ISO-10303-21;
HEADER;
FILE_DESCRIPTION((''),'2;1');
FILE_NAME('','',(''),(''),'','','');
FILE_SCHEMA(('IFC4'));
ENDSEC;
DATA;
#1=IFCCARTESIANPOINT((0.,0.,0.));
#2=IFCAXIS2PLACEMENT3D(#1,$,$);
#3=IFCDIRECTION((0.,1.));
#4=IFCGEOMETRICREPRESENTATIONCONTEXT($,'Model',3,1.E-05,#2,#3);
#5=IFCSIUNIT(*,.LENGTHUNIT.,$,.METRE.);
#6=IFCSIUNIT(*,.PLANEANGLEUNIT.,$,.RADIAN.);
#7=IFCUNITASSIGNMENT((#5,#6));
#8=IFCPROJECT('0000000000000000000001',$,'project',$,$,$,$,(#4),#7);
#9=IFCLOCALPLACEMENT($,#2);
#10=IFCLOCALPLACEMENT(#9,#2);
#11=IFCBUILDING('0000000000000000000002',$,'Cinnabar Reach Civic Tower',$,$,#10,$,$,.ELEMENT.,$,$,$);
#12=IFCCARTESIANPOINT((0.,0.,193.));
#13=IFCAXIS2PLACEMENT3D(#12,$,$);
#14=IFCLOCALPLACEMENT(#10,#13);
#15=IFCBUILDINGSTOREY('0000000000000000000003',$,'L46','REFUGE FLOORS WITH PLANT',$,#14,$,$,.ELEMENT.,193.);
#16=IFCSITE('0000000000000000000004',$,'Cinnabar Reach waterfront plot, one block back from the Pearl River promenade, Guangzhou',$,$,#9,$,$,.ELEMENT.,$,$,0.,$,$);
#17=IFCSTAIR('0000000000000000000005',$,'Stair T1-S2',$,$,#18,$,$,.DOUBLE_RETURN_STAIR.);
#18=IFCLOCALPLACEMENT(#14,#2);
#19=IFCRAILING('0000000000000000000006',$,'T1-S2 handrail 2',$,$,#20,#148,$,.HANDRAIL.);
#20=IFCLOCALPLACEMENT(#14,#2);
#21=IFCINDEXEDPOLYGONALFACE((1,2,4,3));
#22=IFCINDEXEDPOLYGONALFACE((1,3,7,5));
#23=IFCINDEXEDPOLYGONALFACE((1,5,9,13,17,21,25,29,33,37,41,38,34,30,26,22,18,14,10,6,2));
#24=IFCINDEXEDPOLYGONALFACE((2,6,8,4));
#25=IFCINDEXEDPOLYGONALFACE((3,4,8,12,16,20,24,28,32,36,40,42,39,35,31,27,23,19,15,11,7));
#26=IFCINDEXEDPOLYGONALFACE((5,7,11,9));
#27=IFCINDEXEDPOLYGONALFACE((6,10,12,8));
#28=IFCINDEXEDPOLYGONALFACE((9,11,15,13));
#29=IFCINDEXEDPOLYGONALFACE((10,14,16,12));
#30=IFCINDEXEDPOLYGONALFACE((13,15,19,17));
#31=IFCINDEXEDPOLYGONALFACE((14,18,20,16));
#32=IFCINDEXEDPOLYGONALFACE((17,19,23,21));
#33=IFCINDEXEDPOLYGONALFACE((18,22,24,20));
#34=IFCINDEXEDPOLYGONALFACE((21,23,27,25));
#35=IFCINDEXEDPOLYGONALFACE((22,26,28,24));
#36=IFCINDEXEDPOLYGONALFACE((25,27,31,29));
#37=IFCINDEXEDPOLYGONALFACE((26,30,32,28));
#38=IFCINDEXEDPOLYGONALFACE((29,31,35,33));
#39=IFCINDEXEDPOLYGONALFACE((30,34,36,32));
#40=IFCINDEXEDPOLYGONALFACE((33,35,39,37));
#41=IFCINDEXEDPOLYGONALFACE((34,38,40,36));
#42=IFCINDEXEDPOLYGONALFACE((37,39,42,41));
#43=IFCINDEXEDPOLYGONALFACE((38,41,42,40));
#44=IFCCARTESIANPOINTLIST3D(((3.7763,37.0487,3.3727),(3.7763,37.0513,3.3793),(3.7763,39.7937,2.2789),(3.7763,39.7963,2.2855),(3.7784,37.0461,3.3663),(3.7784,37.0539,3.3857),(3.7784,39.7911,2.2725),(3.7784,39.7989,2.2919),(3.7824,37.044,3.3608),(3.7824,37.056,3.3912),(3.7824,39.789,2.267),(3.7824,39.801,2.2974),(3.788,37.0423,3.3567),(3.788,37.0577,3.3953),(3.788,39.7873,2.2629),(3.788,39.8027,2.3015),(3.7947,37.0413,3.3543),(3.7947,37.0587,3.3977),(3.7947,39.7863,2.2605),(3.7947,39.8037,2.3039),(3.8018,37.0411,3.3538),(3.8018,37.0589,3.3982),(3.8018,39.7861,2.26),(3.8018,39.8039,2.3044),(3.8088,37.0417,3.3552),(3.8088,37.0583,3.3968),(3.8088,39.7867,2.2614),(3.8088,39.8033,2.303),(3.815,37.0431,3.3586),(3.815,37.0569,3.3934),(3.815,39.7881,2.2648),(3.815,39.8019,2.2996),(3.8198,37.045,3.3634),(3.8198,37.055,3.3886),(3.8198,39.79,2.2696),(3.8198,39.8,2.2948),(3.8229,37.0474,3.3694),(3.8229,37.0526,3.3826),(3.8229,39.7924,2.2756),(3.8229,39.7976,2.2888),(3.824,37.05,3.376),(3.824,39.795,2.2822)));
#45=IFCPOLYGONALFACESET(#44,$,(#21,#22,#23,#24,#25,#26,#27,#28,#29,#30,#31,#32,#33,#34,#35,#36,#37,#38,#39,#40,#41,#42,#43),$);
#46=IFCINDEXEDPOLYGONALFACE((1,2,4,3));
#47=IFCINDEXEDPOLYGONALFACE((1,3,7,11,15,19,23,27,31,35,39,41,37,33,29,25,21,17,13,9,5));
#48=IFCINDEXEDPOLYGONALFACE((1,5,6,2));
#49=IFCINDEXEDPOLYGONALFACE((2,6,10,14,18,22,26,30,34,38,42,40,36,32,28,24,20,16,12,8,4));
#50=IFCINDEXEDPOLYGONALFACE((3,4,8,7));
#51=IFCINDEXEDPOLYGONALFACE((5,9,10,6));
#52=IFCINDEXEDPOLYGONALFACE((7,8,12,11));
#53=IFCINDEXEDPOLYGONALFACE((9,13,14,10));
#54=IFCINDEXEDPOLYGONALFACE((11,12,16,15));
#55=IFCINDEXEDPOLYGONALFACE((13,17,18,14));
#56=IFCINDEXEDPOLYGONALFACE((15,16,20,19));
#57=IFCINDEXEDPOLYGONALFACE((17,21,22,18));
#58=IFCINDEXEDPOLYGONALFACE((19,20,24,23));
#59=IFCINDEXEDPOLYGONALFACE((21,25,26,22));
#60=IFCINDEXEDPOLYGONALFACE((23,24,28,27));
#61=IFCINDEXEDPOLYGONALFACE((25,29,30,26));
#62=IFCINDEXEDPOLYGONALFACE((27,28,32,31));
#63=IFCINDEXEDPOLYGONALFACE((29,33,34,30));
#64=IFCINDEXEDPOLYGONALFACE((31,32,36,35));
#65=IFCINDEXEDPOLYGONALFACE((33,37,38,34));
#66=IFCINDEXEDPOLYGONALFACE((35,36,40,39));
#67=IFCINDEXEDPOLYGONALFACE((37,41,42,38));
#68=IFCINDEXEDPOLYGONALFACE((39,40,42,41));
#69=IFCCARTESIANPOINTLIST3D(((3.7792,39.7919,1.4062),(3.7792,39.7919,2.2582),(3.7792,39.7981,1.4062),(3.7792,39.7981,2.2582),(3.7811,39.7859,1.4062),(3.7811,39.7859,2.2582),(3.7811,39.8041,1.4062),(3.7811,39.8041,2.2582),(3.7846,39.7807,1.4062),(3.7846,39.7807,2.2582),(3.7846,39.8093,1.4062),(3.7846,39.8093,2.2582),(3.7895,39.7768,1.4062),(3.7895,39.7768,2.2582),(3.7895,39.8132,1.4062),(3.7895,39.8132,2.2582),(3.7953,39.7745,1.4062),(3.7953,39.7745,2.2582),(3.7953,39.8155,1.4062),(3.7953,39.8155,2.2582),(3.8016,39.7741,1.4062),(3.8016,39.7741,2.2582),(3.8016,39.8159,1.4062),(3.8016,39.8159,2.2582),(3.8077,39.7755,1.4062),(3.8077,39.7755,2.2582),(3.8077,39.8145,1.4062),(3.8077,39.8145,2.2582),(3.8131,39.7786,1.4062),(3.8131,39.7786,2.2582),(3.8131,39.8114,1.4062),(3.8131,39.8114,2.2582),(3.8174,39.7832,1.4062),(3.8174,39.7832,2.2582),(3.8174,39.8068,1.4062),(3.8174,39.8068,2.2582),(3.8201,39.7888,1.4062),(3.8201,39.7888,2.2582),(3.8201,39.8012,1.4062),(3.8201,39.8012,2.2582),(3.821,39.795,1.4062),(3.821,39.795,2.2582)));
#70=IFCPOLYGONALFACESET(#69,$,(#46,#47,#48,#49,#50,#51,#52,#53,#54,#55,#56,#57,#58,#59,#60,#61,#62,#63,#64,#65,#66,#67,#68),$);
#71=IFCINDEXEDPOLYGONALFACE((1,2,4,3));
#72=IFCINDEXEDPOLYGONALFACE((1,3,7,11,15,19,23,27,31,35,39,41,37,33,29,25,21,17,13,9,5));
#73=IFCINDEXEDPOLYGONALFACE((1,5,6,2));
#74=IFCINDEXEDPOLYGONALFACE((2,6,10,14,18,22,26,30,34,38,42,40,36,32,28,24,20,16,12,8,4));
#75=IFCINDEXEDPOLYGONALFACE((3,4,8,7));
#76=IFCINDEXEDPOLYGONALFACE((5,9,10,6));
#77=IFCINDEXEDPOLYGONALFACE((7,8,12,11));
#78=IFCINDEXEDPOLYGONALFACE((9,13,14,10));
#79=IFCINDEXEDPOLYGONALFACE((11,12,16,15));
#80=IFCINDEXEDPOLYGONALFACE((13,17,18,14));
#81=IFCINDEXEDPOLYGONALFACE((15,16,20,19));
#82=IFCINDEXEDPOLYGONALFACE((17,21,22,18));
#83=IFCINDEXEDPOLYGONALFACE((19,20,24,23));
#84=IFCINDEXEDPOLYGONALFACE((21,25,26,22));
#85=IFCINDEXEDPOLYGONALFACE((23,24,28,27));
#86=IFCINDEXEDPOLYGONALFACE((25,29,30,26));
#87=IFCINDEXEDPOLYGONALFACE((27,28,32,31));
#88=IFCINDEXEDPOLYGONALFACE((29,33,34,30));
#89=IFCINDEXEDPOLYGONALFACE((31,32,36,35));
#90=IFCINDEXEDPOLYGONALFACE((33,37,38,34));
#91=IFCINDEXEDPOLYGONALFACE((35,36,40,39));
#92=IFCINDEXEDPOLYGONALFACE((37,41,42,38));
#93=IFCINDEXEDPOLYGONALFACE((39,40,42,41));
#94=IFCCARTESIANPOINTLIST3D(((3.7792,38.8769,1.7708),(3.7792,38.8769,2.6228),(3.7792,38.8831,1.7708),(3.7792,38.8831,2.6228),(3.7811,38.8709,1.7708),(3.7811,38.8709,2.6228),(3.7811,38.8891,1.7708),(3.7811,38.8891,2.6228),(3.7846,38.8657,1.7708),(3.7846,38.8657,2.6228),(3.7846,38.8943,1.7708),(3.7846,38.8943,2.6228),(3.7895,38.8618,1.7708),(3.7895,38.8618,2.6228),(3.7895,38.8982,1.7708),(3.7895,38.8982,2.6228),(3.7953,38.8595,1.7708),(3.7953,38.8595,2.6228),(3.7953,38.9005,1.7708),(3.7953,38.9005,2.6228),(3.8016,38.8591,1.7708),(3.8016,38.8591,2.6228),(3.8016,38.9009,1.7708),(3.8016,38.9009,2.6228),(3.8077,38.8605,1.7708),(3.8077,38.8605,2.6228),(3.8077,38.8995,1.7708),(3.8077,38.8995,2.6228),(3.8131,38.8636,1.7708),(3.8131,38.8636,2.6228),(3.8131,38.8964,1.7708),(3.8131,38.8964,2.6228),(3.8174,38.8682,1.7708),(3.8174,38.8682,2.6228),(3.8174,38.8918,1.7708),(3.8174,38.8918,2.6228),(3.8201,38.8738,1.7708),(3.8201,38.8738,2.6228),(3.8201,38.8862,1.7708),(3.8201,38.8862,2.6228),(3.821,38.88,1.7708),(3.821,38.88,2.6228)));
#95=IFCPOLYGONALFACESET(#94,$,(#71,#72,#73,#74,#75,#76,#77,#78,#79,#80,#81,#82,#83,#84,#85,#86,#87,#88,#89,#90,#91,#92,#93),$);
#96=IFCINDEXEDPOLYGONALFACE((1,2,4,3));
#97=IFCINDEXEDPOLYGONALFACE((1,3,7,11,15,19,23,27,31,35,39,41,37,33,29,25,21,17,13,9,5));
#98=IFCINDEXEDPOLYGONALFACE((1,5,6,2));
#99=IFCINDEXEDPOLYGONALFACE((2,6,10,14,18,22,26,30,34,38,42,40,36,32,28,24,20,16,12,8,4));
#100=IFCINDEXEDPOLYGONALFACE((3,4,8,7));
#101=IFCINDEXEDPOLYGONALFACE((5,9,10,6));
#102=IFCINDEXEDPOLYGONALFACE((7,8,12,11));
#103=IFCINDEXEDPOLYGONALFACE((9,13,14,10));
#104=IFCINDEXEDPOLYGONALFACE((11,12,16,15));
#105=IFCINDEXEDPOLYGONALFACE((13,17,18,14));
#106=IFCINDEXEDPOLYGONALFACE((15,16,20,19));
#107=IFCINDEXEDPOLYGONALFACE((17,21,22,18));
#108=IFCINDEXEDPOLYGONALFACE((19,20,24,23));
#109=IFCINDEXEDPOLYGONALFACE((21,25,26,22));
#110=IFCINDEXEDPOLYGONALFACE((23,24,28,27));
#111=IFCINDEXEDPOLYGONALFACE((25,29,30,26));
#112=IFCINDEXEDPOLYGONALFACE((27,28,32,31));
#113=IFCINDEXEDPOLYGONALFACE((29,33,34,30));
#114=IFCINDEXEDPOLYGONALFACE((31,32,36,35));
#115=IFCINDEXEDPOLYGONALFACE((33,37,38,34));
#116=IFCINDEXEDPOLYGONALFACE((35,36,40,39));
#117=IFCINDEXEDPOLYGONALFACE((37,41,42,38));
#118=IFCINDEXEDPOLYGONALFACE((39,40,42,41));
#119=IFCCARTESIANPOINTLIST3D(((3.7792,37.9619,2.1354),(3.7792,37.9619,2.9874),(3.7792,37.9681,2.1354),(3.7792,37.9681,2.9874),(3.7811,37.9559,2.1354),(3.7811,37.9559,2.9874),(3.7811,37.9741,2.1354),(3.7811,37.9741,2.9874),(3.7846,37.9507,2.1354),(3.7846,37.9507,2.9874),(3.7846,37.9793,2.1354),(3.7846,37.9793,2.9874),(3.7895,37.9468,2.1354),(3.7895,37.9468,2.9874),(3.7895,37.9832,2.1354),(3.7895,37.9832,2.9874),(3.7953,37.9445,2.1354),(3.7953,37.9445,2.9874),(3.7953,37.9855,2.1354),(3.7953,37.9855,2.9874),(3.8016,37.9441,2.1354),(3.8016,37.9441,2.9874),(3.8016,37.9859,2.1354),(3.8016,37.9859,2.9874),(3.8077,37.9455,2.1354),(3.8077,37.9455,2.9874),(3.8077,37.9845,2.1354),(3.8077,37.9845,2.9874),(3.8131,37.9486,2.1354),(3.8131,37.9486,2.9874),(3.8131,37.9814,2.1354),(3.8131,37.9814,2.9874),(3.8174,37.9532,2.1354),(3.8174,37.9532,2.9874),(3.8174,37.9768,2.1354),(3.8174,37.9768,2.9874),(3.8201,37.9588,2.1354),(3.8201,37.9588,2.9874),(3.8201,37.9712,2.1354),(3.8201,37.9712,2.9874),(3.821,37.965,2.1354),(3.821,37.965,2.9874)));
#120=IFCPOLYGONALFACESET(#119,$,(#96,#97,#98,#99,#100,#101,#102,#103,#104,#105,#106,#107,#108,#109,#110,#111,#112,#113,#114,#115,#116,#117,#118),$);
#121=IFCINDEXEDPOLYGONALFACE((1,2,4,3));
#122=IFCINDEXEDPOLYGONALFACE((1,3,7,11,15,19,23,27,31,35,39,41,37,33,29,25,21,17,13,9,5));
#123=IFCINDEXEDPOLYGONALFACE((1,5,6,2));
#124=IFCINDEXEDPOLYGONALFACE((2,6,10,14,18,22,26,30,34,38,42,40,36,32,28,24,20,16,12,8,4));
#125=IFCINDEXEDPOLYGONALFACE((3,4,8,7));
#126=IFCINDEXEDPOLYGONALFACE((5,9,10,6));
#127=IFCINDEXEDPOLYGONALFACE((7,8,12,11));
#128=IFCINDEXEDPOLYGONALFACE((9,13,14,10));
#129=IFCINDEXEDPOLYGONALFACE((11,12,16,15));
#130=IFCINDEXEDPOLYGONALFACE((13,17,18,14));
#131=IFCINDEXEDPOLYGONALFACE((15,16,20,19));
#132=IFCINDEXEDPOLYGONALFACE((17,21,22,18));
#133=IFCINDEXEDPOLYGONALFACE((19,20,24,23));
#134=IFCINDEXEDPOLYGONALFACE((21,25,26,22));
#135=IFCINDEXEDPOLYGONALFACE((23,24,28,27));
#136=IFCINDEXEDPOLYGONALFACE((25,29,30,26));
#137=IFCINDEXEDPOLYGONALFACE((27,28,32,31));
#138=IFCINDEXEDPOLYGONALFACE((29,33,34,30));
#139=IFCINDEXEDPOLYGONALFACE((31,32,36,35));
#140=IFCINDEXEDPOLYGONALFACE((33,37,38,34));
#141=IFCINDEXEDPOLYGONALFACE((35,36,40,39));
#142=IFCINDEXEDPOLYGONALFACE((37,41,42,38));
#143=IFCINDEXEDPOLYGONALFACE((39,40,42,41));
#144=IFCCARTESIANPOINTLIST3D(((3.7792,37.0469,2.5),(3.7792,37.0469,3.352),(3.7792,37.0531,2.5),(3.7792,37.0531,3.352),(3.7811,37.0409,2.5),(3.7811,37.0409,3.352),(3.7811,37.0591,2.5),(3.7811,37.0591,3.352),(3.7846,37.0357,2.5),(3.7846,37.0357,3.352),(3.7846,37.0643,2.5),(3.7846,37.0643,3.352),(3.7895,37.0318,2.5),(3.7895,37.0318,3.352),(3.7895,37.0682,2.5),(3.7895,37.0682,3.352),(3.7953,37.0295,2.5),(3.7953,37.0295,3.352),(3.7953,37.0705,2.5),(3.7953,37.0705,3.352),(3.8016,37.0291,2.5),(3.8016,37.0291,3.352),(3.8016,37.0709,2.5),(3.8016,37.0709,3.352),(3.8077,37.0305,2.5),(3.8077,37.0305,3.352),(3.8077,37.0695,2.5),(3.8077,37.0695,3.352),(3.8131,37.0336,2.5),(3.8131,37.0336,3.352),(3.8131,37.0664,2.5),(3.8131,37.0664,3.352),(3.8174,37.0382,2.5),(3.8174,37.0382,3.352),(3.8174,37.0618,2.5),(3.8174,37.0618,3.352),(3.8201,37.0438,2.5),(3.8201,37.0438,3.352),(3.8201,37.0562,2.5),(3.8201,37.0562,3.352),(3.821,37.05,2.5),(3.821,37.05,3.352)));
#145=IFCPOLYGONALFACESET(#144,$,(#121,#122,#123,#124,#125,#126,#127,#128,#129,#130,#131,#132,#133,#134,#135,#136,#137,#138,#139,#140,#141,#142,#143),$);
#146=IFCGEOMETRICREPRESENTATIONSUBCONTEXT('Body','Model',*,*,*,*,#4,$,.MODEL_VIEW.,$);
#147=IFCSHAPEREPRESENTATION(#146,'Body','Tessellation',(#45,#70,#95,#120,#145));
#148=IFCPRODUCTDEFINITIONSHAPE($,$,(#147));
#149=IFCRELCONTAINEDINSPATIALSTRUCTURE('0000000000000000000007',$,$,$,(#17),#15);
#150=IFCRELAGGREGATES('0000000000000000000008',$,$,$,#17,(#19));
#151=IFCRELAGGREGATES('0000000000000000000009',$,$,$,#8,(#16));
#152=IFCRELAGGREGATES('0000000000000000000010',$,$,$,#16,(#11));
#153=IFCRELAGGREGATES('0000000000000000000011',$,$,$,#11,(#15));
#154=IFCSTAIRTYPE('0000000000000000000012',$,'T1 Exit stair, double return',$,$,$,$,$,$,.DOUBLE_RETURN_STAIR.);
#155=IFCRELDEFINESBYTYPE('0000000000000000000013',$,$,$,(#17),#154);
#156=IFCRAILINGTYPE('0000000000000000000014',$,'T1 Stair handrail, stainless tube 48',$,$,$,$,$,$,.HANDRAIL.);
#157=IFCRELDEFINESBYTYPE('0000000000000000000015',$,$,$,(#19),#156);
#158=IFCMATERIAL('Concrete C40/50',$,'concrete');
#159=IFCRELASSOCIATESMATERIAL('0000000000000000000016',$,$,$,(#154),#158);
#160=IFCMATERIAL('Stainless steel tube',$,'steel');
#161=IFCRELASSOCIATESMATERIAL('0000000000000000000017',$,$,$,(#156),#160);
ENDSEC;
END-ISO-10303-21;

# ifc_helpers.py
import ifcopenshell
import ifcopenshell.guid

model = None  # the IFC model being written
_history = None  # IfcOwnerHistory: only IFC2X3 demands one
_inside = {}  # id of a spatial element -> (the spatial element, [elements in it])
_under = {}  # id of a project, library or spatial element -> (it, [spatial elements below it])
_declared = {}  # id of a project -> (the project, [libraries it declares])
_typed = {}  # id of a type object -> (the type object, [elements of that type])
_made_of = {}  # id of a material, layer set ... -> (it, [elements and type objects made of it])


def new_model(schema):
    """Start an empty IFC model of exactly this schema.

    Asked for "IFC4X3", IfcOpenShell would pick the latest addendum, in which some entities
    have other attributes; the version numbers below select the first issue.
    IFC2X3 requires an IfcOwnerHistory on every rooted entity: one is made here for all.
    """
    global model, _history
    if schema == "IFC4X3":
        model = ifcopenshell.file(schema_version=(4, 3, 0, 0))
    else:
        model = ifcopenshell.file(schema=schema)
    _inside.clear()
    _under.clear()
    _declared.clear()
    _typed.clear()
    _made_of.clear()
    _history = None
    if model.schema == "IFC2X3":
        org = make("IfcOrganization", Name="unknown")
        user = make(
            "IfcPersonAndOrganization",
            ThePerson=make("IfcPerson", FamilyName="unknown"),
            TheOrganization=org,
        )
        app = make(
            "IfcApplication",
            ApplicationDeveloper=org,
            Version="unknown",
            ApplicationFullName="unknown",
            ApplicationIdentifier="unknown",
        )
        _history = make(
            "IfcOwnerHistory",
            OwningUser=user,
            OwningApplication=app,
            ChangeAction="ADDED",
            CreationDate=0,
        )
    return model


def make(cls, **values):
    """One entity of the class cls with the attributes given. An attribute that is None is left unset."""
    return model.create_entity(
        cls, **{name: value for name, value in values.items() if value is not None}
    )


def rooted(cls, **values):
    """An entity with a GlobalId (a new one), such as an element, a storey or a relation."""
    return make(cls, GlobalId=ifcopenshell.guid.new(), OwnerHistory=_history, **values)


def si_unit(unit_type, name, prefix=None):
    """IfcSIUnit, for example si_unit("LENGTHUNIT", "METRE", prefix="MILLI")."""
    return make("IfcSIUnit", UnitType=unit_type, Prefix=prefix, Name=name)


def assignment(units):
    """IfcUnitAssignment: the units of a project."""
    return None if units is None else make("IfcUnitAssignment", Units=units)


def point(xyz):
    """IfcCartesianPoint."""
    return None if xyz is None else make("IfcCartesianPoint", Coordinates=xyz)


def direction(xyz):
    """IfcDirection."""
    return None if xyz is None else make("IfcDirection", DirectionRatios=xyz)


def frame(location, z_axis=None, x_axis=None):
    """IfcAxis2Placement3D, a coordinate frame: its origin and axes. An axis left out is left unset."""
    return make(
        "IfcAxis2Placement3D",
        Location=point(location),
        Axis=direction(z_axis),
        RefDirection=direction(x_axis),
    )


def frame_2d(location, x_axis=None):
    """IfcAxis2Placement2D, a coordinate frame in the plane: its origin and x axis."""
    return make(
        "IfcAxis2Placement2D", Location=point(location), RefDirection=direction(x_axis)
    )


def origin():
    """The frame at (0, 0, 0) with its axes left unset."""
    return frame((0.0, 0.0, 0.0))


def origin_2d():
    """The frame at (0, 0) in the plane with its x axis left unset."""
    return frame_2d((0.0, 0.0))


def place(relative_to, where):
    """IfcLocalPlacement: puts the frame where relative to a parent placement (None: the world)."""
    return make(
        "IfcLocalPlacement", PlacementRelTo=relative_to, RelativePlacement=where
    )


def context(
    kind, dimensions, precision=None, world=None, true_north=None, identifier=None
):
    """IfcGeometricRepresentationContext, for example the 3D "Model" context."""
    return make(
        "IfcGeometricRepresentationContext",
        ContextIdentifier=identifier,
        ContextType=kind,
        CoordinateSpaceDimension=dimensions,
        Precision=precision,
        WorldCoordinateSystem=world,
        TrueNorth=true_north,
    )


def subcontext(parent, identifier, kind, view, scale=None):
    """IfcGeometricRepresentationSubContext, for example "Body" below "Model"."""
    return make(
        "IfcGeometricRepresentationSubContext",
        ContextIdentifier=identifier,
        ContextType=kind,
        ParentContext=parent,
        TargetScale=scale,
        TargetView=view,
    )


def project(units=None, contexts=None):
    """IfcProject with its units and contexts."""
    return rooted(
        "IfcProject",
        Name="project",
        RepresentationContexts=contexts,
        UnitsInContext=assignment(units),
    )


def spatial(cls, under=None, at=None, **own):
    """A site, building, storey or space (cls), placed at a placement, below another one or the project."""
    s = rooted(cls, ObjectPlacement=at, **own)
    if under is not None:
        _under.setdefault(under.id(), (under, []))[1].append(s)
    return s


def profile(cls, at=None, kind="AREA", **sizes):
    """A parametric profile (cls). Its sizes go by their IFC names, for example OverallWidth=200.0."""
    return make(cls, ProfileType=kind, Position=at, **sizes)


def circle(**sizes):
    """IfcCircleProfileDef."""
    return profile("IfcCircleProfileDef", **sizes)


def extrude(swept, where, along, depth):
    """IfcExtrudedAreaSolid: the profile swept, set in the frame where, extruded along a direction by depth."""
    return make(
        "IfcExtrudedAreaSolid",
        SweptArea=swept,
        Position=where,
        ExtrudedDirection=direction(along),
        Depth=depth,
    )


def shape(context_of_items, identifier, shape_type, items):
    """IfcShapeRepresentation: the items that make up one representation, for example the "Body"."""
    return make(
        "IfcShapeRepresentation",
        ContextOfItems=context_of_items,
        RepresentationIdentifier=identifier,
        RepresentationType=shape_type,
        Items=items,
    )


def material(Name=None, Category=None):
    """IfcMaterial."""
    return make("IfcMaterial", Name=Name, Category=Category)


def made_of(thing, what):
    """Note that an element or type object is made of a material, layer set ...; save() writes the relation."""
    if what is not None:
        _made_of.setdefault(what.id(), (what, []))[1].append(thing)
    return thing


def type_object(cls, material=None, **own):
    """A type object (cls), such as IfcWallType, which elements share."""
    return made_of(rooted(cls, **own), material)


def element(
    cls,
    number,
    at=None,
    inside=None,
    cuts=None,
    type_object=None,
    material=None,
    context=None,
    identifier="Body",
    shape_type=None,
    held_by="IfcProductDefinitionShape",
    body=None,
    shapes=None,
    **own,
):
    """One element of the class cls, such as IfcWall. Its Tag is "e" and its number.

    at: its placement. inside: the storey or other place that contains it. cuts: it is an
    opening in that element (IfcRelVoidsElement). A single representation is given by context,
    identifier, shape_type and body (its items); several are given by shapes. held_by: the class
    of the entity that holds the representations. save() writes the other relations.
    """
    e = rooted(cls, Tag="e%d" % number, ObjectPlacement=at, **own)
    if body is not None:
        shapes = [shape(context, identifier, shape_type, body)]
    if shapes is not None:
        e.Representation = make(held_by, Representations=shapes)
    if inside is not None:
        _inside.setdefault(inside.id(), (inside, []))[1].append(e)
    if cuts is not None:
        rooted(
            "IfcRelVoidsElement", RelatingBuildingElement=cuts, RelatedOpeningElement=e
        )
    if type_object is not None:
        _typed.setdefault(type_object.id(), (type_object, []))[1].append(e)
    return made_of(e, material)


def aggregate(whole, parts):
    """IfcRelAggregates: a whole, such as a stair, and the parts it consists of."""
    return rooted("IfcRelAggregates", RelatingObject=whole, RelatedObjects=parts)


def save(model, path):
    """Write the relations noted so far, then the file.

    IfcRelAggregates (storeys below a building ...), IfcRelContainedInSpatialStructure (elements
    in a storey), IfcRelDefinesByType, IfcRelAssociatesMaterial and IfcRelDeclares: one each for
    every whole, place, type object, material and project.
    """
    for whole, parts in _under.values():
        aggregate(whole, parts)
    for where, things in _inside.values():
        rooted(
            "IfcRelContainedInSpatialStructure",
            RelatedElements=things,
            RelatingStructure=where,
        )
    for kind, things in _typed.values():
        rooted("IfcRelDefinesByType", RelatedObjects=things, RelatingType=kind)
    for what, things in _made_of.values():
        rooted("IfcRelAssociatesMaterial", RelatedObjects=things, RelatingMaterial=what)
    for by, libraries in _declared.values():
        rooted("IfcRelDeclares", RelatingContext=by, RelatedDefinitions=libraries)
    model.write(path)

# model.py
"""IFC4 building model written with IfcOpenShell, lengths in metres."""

from ifc_helpers import new_model, si_unit, direction, frame, origin, origin_2d, place, context, subcontext, project, spatial, circle, extrude, material, type_object, element, aggregate, save


model = new_model("IFC4")

# Units and contexts
model_context = context("Model", 3, precision=1e-05, world=origin(), true_north=direction((0.0, 1.0)))
body_context = subcontext(model_context, "Body", "Model", "MODEL_VIEW")
ifc_project = project(units=[si_unit("LENGTHUNIT", "METRE"), si_unit("PLANEANGLEUNIT", "RADIAN")], contexts=[model_context])

# Site, building, storey
site_placement = place(None, origin())
site = spatial("IfcSite", under=ifc_project, at=site_placement, Name="Cinnabar Reach waterfront plot, one block back from the Pearl River promenade, Guangzhou", CompositionType="ELEMENT", RefElevation=0.0)
building_placement = place(site_placement, origin())
building = spatial("IfcBuilding", under=site, at=building_placement, Name="Cinnabar Reach Civic Tower", CompositionType="ELEMENT")
storey_placement = place(building_placement, frame((0.0, 0.0, 193.0)))
storey = spatial("IfcBuildingStorey", under=building, at=storey_placement, Name="L46", Description="REFUGE FLOORS WITH PLANT", CompositionType="ELEMENT", Elevation=193.0)

# Shared definitions
ifc_material_1 = material(Name="Concrete C40/50", Category="concrete")

# Stair, railing
stair_type = type_object("IfcStairType", Name="T1 Exit stair, double return", PredefinedType="DOUBLE_RETURN_STAIR", material=ifc_material_1)
stair_placement = place(storey_placement, origin())
stair = element("IfcStair", 1, at=stair_placement, inside=storey, type_object=stair_type, Name="Stair T1-S2", PredefinedType="DOUBLE_RETURN_STAIR")
ifc_material_2 = material(Name="Stainless steel tube", Category="steel")
railing_type = type_object("IfcRailingType", Name="T1 Stair handrail, stainless tube 48", PredefinedType="HANDRAIL", material=ifc_material_2)
railing_1_placement = place(storey_placement, frame((3.8, 39.795, 1.4062)))
railing_1 = element("IfcRailing", 2, at=railing_1_placement, type_object=railing_type, Name="T1-S2 handrail 2", PredefinedType="HANDRAIL", context=body_context, shape_type="SweptSolid", body=[
    extrude(circle(Radius=0.024, at=origin_2d()), frame((0.0, 0.0, 0.876), z_axis=(0.0, -0.928966, 0.370165), x_axis=(1.0, 0.0, 0.0)), (0.0, 0.0, 1.0), 2.9549),
    extrude(circle(Radius=0.021, at=origin_2d()), origin(), (0.0, 0.0, 1.0), 0.852),
    extrude(circle(Radius=0.021, at=origin_2d()), frame((0.0, -0.915, 0.3646)), (0.0, 0.0, 1.0), 0.852),
    extrude(circle(Radius=0.021, at=origin_2d()), frame((0.0, -1.83, 0.7292)), (0.0, 0.0, 1.0), 0.852),
    extrude(circle(Radius=0.021, at=origin_2d()), frame((0.0, -2.745, 1.0938)), (0.0, 0.0, 1.0), 0.852),
])
aggregate(stair, [railing_1])

save(model, "model.ifc")
